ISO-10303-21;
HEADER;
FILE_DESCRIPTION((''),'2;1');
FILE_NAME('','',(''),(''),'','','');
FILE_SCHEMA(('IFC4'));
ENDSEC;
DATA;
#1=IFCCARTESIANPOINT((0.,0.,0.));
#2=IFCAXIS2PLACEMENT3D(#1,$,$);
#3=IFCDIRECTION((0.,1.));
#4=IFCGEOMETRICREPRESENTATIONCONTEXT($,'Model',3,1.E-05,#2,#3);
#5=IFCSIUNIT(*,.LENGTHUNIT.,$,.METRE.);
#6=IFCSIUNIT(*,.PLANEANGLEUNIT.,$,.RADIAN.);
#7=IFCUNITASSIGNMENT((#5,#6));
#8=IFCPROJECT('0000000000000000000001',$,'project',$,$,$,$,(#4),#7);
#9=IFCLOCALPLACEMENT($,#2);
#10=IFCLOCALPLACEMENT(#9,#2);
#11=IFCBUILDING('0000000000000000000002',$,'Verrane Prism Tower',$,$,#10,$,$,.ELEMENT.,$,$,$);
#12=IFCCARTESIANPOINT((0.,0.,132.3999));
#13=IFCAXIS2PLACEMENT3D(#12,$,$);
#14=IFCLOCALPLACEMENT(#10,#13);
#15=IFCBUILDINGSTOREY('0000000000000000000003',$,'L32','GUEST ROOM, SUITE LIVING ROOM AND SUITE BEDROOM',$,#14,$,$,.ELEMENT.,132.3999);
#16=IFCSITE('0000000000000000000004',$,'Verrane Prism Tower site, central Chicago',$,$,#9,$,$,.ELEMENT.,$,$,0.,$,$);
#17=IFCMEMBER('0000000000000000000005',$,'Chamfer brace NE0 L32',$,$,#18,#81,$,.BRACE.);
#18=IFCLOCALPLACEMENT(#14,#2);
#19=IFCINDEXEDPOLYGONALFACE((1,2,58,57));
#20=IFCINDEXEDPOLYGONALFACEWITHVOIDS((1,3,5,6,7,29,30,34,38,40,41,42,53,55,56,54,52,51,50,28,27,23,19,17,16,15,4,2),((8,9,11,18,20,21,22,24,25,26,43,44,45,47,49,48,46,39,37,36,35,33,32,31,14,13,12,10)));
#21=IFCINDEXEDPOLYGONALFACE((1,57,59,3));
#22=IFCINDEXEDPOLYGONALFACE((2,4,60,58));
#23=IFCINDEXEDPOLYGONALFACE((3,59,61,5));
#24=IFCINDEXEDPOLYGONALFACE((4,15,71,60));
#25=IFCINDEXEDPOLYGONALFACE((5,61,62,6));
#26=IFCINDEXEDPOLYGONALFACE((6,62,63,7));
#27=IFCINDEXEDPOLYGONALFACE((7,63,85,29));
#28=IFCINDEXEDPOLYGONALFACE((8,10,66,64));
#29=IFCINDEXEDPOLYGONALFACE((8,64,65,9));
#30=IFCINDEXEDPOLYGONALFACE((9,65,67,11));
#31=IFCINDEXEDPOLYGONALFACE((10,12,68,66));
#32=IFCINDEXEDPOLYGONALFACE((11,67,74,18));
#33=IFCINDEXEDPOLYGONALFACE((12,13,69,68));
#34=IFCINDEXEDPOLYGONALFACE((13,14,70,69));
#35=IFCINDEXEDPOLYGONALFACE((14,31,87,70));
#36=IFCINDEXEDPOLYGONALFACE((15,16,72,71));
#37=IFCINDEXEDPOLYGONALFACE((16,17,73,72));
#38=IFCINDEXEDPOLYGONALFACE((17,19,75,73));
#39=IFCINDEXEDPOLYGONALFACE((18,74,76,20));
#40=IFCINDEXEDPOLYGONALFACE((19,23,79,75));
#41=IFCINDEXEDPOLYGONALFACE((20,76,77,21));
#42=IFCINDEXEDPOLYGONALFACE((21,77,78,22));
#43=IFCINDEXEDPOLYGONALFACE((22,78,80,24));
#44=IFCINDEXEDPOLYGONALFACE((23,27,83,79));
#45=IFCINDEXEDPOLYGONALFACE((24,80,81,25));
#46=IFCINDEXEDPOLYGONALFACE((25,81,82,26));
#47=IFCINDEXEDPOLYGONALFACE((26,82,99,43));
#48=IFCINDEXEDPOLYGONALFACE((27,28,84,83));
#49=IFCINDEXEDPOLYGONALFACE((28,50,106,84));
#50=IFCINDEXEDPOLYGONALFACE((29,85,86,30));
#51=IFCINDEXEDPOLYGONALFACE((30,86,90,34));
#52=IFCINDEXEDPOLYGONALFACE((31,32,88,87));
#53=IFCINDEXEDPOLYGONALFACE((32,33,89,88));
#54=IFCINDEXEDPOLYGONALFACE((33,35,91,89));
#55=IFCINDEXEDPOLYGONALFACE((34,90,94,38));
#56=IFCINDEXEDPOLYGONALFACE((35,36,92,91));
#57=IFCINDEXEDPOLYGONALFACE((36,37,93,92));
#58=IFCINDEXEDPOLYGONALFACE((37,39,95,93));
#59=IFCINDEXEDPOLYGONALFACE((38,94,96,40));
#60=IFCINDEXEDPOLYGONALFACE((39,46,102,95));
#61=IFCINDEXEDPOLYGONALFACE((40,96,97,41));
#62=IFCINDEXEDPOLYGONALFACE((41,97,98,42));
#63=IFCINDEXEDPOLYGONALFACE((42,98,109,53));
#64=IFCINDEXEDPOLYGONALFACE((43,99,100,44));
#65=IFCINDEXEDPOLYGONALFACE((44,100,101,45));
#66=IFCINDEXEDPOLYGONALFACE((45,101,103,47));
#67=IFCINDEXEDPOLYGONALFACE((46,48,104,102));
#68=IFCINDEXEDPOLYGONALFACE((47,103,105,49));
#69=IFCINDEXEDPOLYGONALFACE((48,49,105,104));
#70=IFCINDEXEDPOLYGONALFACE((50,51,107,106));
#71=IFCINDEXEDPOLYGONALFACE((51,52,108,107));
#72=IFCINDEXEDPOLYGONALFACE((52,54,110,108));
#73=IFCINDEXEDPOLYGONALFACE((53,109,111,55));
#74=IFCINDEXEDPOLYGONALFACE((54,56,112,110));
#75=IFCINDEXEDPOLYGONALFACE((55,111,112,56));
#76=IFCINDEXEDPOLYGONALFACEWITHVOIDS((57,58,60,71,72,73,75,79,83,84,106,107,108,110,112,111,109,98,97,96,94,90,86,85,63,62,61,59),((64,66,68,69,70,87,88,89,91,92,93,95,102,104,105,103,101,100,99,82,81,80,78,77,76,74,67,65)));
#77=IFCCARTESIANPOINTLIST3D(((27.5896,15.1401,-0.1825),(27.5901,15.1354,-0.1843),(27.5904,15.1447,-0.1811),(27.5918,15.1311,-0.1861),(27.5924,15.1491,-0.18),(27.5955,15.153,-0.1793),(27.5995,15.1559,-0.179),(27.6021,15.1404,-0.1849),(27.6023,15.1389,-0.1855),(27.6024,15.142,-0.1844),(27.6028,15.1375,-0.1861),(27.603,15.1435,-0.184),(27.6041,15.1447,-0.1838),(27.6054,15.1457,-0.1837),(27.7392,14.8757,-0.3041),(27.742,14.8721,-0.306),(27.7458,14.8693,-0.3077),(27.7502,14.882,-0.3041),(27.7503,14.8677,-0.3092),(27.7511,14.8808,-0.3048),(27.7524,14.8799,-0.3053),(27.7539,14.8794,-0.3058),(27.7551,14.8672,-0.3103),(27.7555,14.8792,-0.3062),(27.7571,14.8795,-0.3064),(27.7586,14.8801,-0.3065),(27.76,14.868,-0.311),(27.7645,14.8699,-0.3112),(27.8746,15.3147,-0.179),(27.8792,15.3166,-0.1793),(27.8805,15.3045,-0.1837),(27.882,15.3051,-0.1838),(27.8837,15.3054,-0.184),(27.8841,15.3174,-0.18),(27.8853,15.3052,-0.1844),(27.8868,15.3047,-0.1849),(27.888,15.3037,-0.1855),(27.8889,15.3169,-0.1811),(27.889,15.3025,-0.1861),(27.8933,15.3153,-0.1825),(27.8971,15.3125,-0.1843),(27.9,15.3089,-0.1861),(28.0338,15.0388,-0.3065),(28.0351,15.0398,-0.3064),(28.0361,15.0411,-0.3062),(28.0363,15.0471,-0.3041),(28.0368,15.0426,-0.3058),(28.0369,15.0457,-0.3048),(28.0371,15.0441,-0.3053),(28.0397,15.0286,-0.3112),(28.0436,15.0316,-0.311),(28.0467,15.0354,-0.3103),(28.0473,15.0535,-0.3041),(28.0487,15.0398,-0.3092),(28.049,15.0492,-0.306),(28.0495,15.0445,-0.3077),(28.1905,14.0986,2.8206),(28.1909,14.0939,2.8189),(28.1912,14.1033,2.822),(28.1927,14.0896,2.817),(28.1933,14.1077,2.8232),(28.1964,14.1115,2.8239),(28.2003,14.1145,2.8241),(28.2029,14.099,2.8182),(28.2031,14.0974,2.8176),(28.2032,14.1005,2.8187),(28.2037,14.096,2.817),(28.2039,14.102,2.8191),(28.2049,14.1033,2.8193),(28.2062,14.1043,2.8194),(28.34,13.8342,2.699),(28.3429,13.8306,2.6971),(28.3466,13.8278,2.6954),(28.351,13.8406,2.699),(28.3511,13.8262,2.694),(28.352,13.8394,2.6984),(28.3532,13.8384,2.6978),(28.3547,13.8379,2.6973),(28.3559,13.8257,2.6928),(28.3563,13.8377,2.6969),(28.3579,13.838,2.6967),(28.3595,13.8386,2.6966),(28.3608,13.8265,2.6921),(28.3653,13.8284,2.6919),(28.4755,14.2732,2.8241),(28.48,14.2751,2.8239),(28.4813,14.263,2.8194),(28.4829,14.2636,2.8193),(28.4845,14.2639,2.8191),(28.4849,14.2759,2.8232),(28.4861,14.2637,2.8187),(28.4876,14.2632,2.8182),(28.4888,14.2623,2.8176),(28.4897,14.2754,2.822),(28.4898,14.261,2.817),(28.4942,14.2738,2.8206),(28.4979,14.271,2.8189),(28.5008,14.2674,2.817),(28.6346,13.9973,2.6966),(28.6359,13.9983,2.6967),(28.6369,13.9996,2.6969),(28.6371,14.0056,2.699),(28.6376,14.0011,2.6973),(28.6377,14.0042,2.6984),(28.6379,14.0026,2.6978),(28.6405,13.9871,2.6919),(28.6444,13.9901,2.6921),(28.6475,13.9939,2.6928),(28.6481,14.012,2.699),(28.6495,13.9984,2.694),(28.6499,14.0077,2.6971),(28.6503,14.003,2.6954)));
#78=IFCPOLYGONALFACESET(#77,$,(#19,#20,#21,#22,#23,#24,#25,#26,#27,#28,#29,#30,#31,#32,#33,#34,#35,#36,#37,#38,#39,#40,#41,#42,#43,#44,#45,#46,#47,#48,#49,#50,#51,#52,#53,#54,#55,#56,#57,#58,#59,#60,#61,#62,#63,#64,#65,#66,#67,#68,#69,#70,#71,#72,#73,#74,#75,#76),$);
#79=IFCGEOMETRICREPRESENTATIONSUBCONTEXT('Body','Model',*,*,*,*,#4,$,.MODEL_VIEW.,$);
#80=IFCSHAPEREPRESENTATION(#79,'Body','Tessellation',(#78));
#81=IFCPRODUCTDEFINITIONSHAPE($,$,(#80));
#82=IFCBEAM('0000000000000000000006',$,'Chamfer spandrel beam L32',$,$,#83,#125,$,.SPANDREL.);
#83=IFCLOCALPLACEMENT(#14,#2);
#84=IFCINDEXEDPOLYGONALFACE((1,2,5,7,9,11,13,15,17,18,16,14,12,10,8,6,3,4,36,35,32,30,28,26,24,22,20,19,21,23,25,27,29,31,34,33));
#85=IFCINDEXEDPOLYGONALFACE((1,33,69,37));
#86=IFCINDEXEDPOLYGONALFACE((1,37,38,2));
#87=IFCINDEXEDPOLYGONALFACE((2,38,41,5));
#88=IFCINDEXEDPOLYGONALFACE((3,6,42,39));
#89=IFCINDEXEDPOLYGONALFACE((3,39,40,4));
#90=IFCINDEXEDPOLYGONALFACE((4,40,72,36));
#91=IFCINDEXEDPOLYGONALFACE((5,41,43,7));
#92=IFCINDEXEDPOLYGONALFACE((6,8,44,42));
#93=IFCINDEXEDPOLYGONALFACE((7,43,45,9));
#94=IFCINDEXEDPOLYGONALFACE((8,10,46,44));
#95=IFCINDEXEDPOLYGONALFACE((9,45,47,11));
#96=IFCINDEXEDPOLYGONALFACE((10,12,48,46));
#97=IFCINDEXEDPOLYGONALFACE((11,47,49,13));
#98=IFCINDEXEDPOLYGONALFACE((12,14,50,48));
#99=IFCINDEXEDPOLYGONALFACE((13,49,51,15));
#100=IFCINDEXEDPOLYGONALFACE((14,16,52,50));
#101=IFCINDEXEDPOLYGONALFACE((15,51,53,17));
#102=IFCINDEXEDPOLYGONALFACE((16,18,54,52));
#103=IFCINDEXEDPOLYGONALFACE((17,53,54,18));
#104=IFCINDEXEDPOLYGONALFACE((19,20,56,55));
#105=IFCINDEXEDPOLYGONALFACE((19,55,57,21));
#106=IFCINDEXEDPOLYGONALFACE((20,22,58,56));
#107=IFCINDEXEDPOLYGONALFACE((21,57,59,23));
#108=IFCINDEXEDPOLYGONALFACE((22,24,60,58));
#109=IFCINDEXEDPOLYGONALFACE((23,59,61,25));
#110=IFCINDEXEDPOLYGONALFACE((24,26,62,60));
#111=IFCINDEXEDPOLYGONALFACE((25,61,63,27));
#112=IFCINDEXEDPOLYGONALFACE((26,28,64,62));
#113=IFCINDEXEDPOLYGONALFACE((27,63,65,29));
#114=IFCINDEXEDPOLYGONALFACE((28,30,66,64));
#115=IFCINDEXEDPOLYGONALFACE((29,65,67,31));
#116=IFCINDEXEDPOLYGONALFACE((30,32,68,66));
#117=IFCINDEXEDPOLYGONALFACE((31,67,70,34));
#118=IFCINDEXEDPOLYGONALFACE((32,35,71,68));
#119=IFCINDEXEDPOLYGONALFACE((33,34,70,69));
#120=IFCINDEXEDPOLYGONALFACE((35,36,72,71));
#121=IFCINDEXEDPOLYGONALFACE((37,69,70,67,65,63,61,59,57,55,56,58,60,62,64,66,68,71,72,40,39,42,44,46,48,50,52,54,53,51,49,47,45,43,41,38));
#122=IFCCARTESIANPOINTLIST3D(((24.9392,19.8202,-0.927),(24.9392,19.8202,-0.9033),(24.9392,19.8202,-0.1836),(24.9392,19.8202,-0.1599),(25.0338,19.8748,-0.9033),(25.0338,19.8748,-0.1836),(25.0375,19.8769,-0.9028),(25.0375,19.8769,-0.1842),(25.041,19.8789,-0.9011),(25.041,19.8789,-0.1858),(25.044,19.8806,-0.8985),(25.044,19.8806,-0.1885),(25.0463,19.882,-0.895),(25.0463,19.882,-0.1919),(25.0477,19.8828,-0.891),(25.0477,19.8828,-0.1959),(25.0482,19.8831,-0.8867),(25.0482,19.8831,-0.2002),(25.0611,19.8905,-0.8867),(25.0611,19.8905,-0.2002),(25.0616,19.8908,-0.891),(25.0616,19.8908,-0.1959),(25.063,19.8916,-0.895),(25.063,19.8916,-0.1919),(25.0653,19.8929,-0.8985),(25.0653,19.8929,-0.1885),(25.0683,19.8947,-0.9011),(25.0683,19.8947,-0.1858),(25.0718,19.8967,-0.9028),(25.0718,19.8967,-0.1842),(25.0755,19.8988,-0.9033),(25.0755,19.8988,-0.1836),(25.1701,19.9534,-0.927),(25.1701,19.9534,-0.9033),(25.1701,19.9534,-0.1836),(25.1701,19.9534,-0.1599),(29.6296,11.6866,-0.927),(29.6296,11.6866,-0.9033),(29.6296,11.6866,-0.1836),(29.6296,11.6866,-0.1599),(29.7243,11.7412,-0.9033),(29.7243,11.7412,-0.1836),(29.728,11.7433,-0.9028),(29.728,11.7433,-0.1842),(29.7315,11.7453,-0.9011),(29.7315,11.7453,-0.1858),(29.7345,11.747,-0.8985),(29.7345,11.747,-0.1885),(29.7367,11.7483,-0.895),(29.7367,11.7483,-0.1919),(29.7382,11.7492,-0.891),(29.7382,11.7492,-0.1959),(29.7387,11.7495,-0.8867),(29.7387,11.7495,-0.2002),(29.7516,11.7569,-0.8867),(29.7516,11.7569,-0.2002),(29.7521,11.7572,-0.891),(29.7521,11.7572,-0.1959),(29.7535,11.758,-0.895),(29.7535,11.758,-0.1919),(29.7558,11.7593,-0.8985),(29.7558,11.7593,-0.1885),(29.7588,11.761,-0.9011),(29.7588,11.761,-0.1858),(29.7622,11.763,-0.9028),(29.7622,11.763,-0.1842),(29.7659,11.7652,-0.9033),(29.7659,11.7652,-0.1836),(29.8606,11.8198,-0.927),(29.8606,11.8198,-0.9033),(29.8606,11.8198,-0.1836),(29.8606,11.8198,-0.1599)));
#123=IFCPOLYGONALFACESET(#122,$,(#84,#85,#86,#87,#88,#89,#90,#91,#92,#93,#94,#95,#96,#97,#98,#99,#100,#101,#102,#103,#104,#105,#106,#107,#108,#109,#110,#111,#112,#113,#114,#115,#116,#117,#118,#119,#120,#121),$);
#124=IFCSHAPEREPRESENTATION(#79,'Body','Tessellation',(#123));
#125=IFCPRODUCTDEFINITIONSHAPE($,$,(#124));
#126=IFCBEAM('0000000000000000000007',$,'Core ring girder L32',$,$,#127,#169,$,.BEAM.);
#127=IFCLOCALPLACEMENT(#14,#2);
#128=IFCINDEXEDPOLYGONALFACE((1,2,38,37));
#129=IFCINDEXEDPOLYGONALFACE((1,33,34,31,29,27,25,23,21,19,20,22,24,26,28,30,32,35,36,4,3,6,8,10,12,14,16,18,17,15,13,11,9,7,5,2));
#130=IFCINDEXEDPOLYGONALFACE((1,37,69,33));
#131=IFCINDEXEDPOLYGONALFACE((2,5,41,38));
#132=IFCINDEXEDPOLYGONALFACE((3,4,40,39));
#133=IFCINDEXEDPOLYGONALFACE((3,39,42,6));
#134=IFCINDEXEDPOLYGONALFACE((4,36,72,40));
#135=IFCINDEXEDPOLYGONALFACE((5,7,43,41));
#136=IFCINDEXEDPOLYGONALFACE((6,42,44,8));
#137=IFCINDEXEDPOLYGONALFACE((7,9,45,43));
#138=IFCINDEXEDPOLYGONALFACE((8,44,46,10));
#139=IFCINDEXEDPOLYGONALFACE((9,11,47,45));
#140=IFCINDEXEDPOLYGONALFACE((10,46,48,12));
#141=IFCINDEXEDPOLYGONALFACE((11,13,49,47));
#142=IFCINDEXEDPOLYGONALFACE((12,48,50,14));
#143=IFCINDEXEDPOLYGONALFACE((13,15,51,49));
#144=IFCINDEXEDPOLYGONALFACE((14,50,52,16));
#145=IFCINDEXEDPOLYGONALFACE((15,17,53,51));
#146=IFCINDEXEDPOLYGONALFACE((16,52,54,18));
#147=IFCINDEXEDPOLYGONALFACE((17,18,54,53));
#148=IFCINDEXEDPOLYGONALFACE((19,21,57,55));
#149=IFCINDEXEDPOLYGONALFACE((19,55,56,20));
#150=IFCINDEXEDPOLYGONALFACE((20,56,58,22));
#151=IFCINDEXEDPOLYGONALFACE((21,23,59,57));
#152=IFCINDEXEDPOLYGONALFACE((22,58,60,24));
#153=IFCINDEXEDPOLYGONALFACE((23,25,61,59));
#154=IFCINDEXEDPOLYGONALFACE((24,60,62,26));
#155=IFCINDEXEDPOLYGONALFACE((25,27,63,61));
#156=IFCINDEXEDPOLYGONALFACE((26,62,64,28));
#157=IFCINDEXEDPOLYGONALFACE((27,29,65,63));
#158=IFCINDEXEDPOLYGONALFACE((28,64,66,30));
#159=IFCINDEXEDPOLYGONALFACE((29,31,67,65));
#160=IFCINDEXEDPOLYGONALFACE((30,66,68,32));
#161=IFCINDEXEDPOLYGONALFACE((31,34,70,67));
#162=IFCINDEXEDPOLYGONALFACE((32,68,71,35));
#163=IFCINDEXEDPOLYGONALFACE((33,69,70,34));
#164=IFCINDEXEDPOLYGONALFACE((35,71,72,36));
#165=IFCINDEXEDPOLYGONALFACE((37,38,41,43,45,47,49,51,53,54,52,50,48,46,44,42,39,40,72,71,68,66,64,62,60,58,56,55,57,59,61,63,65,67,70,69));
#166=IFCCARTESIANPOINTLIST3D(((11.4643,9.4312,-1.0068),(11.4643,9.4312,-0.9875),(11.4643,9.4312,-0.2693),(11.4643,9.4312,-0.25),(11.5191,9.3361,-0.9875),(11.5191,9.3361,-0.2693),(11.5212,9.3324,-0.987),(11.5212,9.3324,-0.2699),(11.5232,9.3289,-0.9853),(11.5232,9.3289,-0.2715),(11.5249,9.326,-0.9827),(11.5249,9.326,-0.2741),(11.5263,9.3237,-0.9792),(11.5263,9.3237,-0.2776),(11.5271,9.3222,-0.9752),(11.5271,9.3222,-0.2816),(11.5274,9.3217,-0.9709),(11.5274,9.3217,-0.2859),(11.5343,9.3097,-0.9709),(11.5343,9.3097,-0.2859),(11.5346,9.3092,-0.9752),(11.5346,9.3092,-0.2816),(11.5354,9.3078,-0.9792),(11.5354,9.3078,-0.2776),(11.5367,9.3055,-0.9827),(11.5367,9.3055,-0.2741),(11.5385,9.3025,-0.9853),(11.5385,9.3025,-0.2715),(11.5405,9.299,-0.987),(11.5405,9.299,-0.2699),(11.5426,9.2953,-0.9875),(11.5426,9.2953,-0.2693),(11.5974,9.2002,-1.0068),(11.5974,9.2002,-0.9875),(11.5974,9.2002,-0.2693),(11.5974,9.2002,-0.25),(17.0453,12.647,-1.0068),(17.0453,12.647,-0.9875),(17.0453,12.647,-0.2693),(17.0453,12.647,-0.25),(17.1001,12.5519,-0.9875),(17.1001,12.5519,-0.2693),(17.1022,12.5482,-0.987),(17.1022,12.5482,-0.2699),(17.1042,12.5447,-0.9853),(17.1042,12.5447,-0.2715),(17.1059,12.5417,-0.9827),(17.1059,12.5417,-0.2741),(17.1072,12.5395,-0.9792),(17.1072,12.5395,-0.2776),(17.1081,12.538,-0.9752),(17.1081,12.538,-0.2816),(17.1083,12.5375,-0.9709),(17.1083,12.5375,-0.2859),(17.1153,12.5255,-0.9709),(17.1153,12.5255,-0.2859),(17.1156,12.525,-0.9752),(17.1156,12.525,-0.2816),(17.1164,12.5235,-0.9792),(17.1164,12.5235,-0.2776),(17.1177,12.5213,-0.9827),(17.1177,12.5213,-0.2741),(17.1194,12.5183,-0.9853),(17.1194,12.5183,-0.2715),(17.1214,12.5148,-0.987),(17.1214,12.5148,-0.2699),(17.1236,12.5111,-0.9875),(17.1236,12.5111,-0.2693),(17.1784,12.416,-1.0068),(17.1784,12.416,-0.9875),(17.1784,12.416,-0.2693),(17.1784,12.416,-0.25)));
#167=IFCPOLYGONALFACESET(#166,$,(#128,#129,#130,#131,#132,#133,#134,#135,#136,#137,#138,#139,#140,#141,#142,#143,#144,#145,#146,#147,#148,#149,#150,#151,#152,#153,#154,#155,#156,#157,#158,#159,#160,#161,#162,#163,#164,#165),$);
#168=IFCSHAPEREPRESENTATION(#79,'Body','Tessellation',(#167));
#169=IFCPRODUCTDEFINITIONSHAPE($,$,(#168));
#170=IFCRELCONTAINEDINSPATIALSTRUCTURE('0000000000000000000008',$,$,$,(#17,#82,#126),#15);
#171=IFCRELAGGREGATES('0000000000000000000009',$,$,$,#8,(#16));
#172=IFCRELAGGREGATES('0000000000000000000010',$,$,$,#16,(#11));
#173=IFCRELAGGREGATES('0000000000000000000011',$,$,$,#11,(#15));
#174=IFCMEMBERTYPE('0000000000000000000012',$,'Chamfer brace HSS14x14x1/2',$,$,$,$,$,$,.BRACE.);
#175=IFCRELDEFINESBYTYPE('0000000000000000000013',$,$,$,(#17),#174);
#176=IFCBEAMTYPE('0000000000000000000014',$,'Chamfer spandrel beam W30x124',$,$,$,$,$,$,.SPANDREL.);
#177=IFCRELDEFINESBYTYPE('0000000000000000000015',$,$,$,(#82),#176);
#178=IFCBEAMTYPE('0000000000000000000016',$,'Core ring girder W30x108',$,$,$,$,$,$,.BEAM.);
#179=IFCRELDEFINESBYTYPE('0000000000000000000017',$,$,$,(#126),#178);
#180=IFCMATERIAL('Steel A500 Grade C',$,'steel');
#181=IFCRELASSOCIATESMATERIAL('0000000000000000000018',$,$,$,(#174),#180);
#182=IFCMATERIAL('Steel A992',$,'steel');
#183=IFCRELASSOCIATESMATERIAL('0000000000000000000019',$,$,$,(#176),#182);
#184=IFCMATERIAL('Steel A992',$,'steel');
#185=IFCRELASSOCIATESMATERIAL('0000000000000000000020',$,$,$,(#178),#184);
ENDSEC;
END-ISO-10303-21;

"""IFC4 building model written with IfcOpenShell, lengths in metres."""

from ifc_helpers import new_model, si_unit, direction, frame, origin, origin_2d, place, context, subcontext, project, spatial, hollow_rectangle, i_section, extrude, material, material_profile, profile_set, type_object, element, save


model = new_model("IFC4")

# Units and contexts
model_context = context("Model", 3, precision=1e-05, world=origin(), true_north=direction((0.0, 1.0)))
body_context = subcontext(model_context, "Body", "Model", "MODEL_VIEW")
ifc_project = project(units=[si_unit("LENGTHUNIT", "METRE"), si_unit("PLANEANGLEUNIT", "RADIAN")], contexts=[model_context])

# Site, building, storey
site_placement = place(None, origin())
site = spatial("IfcSite", under=ifc_project, at=site_placement, Name="Verrane Prism Tower site, central Chicago", CompositionType="ELEMENT", RefElevation=0.0)
building_placement = place(site_placement, origin())
building = spatial("IfcBuilding", under=site, at=building_placement, Name="Verrane Prism Tower", CompositionType="ELEMENT")
storey_placement = place(building_placement, frame((0.0, 0.0, 132.3999)))
storey = spatial("IfcBuildingStorey", under=building, at=storey_placement, Name="L32", Description="GUEST ROOM, SUITE LIVING ROOM AND SUITE BEDROOM", CompositionType="ELEMENT", Elevation=132.3999)

# Member
ifc_material_1 = material(Name="Steel A500 Grade C", Category="steel")
ifc_material_profile_1 = material_profile(ifc_material_1, hollow_rectangle(XDim=0.3557, YDim=0.3557, WallThickness=0.0127, InnerFilletRadius=0.0063, OuterFilletRadius=0.019, at=origin_2d()), Name="HSS14x14x1/2")
ifc_profile_set_1 = profile_set([ifc_material_profile_1], Name="Steel A500 Grade C")
member_type_1 = type_object("IfcMemberType", Name="Chamfer brace HSS14x14x1/2", PredefinedType="BRACE", material=ifc_profile_set_1)
member_1_placement = place(storey_placement, frame((27.8196, 15.0923, -0.2451), z_axis=(0.185732, -0.321955, 0.928358), x_axis=(0.866199, 0.499699, 0.0)))
element("IfcMember", 1, at=member_1_placement, inside=storey, type_object=member_type_1, Name="Chamfer brace NE0 L32", PredefinedType="BRACE", context=body_context, shape_type="SweptSolid", body=[
    extrude(hollow_rectangle(XDim=0.3557, YDim=0.3557, WallThickness=0.0127, InnerFilletRadius=0.0063, OuterFilletRadius=0.019, at=origin_2d()), origin(), (0.0, 0.0, 1.0), 3.2349),
])

# Beams
ifc_material_2 = material(Name="Steel A992", Category="steel")
ifc_material_profile_2 = material_profile(ifc_material_2, i_section(OverallWidth=0.2666, OverallDepth=0.7671, WebThickness=0.0149, FlangeThickness=0.0237, FilletRadius=0.0166, at=origin_2d()), Name="W30x124")
ifc_profile_set_2 = profile_set([ifc_material_profile_2], Name="Steel A992")
beam_type_1 = type_object("IfcBeamType", Name="Chamfer spandrel beam W30x124", PredefinedType="SPANDREL", material=ifc_profile_set_2)
beam_1_placement = place(storey_placement, frame((29.7451, 11.7532, -0.5435), z_axis=(-0.499563, 0.866278, 0.0), x_axis=(-0.866278, -0.499563, 0.0)))
element("IfcBeam", 2, at=beam_1_placement, inside=storey, type_object=beam_type_1, Name="Chamfer spandrel beam L32", PredefinedType="SPANDREL", context=body_context, shape_type="SweptSolid", body=[
    extrude(i_section(OverallWidth=0.2666, OverallDepth=0.7671, WebThickness=0.0149, FlangeThickness=0.0237, FilletRadius=0.0166, at=origin_2d()), origin(), (0.0, 0.0, 1.0), 9.3892),
])
ifc_material_3 = material(Name="Steel A992", Category="steel")
ifc_material_profile_3 = material_profile(ifc_material_3, i_section(OverallWidth=0.2666, OverallDepth=0.7568, WebThickness=0.0139, FlangeThickness=0.0193, FilletRadius=0.0166, at=origin_2d()), Name="W30x108")
ifc_profile_set_3 = profile_set([ifc_material_profile_3], Name="Steel A992")
beam_type_2 = type_object("IfcBeamType", Name="Core ring girder W30x108", PredefinedType="BEAM", material=ifc_profile_set_3)
beam_2_placement = place(storey_placement, frame((17.1118, 12.5315, -0.6284), z_axis=(-0.866456, -0.499254, 0.0), x_axis=(0.499254, -0.866456, 0.0)))
element("IfcBeam", 3, at=beam_2_placement, inside=storey, type_object=beam_type_2, Name="Core ring girder L32", PredefinedType="BEAM", context=body_context, shape_type="SweptSolid", body=[
    extrude(i_section(OverallWidth=0.2666, OverallDepth=0.7568, WebThickness=0.0139, FlangeThickness=0.0193, FilletRadius=0.0166, at=origin_2d()), origin(), (0.0, 0.0, 1.0), 6.4412),
])

save(model, "model.ifc")
